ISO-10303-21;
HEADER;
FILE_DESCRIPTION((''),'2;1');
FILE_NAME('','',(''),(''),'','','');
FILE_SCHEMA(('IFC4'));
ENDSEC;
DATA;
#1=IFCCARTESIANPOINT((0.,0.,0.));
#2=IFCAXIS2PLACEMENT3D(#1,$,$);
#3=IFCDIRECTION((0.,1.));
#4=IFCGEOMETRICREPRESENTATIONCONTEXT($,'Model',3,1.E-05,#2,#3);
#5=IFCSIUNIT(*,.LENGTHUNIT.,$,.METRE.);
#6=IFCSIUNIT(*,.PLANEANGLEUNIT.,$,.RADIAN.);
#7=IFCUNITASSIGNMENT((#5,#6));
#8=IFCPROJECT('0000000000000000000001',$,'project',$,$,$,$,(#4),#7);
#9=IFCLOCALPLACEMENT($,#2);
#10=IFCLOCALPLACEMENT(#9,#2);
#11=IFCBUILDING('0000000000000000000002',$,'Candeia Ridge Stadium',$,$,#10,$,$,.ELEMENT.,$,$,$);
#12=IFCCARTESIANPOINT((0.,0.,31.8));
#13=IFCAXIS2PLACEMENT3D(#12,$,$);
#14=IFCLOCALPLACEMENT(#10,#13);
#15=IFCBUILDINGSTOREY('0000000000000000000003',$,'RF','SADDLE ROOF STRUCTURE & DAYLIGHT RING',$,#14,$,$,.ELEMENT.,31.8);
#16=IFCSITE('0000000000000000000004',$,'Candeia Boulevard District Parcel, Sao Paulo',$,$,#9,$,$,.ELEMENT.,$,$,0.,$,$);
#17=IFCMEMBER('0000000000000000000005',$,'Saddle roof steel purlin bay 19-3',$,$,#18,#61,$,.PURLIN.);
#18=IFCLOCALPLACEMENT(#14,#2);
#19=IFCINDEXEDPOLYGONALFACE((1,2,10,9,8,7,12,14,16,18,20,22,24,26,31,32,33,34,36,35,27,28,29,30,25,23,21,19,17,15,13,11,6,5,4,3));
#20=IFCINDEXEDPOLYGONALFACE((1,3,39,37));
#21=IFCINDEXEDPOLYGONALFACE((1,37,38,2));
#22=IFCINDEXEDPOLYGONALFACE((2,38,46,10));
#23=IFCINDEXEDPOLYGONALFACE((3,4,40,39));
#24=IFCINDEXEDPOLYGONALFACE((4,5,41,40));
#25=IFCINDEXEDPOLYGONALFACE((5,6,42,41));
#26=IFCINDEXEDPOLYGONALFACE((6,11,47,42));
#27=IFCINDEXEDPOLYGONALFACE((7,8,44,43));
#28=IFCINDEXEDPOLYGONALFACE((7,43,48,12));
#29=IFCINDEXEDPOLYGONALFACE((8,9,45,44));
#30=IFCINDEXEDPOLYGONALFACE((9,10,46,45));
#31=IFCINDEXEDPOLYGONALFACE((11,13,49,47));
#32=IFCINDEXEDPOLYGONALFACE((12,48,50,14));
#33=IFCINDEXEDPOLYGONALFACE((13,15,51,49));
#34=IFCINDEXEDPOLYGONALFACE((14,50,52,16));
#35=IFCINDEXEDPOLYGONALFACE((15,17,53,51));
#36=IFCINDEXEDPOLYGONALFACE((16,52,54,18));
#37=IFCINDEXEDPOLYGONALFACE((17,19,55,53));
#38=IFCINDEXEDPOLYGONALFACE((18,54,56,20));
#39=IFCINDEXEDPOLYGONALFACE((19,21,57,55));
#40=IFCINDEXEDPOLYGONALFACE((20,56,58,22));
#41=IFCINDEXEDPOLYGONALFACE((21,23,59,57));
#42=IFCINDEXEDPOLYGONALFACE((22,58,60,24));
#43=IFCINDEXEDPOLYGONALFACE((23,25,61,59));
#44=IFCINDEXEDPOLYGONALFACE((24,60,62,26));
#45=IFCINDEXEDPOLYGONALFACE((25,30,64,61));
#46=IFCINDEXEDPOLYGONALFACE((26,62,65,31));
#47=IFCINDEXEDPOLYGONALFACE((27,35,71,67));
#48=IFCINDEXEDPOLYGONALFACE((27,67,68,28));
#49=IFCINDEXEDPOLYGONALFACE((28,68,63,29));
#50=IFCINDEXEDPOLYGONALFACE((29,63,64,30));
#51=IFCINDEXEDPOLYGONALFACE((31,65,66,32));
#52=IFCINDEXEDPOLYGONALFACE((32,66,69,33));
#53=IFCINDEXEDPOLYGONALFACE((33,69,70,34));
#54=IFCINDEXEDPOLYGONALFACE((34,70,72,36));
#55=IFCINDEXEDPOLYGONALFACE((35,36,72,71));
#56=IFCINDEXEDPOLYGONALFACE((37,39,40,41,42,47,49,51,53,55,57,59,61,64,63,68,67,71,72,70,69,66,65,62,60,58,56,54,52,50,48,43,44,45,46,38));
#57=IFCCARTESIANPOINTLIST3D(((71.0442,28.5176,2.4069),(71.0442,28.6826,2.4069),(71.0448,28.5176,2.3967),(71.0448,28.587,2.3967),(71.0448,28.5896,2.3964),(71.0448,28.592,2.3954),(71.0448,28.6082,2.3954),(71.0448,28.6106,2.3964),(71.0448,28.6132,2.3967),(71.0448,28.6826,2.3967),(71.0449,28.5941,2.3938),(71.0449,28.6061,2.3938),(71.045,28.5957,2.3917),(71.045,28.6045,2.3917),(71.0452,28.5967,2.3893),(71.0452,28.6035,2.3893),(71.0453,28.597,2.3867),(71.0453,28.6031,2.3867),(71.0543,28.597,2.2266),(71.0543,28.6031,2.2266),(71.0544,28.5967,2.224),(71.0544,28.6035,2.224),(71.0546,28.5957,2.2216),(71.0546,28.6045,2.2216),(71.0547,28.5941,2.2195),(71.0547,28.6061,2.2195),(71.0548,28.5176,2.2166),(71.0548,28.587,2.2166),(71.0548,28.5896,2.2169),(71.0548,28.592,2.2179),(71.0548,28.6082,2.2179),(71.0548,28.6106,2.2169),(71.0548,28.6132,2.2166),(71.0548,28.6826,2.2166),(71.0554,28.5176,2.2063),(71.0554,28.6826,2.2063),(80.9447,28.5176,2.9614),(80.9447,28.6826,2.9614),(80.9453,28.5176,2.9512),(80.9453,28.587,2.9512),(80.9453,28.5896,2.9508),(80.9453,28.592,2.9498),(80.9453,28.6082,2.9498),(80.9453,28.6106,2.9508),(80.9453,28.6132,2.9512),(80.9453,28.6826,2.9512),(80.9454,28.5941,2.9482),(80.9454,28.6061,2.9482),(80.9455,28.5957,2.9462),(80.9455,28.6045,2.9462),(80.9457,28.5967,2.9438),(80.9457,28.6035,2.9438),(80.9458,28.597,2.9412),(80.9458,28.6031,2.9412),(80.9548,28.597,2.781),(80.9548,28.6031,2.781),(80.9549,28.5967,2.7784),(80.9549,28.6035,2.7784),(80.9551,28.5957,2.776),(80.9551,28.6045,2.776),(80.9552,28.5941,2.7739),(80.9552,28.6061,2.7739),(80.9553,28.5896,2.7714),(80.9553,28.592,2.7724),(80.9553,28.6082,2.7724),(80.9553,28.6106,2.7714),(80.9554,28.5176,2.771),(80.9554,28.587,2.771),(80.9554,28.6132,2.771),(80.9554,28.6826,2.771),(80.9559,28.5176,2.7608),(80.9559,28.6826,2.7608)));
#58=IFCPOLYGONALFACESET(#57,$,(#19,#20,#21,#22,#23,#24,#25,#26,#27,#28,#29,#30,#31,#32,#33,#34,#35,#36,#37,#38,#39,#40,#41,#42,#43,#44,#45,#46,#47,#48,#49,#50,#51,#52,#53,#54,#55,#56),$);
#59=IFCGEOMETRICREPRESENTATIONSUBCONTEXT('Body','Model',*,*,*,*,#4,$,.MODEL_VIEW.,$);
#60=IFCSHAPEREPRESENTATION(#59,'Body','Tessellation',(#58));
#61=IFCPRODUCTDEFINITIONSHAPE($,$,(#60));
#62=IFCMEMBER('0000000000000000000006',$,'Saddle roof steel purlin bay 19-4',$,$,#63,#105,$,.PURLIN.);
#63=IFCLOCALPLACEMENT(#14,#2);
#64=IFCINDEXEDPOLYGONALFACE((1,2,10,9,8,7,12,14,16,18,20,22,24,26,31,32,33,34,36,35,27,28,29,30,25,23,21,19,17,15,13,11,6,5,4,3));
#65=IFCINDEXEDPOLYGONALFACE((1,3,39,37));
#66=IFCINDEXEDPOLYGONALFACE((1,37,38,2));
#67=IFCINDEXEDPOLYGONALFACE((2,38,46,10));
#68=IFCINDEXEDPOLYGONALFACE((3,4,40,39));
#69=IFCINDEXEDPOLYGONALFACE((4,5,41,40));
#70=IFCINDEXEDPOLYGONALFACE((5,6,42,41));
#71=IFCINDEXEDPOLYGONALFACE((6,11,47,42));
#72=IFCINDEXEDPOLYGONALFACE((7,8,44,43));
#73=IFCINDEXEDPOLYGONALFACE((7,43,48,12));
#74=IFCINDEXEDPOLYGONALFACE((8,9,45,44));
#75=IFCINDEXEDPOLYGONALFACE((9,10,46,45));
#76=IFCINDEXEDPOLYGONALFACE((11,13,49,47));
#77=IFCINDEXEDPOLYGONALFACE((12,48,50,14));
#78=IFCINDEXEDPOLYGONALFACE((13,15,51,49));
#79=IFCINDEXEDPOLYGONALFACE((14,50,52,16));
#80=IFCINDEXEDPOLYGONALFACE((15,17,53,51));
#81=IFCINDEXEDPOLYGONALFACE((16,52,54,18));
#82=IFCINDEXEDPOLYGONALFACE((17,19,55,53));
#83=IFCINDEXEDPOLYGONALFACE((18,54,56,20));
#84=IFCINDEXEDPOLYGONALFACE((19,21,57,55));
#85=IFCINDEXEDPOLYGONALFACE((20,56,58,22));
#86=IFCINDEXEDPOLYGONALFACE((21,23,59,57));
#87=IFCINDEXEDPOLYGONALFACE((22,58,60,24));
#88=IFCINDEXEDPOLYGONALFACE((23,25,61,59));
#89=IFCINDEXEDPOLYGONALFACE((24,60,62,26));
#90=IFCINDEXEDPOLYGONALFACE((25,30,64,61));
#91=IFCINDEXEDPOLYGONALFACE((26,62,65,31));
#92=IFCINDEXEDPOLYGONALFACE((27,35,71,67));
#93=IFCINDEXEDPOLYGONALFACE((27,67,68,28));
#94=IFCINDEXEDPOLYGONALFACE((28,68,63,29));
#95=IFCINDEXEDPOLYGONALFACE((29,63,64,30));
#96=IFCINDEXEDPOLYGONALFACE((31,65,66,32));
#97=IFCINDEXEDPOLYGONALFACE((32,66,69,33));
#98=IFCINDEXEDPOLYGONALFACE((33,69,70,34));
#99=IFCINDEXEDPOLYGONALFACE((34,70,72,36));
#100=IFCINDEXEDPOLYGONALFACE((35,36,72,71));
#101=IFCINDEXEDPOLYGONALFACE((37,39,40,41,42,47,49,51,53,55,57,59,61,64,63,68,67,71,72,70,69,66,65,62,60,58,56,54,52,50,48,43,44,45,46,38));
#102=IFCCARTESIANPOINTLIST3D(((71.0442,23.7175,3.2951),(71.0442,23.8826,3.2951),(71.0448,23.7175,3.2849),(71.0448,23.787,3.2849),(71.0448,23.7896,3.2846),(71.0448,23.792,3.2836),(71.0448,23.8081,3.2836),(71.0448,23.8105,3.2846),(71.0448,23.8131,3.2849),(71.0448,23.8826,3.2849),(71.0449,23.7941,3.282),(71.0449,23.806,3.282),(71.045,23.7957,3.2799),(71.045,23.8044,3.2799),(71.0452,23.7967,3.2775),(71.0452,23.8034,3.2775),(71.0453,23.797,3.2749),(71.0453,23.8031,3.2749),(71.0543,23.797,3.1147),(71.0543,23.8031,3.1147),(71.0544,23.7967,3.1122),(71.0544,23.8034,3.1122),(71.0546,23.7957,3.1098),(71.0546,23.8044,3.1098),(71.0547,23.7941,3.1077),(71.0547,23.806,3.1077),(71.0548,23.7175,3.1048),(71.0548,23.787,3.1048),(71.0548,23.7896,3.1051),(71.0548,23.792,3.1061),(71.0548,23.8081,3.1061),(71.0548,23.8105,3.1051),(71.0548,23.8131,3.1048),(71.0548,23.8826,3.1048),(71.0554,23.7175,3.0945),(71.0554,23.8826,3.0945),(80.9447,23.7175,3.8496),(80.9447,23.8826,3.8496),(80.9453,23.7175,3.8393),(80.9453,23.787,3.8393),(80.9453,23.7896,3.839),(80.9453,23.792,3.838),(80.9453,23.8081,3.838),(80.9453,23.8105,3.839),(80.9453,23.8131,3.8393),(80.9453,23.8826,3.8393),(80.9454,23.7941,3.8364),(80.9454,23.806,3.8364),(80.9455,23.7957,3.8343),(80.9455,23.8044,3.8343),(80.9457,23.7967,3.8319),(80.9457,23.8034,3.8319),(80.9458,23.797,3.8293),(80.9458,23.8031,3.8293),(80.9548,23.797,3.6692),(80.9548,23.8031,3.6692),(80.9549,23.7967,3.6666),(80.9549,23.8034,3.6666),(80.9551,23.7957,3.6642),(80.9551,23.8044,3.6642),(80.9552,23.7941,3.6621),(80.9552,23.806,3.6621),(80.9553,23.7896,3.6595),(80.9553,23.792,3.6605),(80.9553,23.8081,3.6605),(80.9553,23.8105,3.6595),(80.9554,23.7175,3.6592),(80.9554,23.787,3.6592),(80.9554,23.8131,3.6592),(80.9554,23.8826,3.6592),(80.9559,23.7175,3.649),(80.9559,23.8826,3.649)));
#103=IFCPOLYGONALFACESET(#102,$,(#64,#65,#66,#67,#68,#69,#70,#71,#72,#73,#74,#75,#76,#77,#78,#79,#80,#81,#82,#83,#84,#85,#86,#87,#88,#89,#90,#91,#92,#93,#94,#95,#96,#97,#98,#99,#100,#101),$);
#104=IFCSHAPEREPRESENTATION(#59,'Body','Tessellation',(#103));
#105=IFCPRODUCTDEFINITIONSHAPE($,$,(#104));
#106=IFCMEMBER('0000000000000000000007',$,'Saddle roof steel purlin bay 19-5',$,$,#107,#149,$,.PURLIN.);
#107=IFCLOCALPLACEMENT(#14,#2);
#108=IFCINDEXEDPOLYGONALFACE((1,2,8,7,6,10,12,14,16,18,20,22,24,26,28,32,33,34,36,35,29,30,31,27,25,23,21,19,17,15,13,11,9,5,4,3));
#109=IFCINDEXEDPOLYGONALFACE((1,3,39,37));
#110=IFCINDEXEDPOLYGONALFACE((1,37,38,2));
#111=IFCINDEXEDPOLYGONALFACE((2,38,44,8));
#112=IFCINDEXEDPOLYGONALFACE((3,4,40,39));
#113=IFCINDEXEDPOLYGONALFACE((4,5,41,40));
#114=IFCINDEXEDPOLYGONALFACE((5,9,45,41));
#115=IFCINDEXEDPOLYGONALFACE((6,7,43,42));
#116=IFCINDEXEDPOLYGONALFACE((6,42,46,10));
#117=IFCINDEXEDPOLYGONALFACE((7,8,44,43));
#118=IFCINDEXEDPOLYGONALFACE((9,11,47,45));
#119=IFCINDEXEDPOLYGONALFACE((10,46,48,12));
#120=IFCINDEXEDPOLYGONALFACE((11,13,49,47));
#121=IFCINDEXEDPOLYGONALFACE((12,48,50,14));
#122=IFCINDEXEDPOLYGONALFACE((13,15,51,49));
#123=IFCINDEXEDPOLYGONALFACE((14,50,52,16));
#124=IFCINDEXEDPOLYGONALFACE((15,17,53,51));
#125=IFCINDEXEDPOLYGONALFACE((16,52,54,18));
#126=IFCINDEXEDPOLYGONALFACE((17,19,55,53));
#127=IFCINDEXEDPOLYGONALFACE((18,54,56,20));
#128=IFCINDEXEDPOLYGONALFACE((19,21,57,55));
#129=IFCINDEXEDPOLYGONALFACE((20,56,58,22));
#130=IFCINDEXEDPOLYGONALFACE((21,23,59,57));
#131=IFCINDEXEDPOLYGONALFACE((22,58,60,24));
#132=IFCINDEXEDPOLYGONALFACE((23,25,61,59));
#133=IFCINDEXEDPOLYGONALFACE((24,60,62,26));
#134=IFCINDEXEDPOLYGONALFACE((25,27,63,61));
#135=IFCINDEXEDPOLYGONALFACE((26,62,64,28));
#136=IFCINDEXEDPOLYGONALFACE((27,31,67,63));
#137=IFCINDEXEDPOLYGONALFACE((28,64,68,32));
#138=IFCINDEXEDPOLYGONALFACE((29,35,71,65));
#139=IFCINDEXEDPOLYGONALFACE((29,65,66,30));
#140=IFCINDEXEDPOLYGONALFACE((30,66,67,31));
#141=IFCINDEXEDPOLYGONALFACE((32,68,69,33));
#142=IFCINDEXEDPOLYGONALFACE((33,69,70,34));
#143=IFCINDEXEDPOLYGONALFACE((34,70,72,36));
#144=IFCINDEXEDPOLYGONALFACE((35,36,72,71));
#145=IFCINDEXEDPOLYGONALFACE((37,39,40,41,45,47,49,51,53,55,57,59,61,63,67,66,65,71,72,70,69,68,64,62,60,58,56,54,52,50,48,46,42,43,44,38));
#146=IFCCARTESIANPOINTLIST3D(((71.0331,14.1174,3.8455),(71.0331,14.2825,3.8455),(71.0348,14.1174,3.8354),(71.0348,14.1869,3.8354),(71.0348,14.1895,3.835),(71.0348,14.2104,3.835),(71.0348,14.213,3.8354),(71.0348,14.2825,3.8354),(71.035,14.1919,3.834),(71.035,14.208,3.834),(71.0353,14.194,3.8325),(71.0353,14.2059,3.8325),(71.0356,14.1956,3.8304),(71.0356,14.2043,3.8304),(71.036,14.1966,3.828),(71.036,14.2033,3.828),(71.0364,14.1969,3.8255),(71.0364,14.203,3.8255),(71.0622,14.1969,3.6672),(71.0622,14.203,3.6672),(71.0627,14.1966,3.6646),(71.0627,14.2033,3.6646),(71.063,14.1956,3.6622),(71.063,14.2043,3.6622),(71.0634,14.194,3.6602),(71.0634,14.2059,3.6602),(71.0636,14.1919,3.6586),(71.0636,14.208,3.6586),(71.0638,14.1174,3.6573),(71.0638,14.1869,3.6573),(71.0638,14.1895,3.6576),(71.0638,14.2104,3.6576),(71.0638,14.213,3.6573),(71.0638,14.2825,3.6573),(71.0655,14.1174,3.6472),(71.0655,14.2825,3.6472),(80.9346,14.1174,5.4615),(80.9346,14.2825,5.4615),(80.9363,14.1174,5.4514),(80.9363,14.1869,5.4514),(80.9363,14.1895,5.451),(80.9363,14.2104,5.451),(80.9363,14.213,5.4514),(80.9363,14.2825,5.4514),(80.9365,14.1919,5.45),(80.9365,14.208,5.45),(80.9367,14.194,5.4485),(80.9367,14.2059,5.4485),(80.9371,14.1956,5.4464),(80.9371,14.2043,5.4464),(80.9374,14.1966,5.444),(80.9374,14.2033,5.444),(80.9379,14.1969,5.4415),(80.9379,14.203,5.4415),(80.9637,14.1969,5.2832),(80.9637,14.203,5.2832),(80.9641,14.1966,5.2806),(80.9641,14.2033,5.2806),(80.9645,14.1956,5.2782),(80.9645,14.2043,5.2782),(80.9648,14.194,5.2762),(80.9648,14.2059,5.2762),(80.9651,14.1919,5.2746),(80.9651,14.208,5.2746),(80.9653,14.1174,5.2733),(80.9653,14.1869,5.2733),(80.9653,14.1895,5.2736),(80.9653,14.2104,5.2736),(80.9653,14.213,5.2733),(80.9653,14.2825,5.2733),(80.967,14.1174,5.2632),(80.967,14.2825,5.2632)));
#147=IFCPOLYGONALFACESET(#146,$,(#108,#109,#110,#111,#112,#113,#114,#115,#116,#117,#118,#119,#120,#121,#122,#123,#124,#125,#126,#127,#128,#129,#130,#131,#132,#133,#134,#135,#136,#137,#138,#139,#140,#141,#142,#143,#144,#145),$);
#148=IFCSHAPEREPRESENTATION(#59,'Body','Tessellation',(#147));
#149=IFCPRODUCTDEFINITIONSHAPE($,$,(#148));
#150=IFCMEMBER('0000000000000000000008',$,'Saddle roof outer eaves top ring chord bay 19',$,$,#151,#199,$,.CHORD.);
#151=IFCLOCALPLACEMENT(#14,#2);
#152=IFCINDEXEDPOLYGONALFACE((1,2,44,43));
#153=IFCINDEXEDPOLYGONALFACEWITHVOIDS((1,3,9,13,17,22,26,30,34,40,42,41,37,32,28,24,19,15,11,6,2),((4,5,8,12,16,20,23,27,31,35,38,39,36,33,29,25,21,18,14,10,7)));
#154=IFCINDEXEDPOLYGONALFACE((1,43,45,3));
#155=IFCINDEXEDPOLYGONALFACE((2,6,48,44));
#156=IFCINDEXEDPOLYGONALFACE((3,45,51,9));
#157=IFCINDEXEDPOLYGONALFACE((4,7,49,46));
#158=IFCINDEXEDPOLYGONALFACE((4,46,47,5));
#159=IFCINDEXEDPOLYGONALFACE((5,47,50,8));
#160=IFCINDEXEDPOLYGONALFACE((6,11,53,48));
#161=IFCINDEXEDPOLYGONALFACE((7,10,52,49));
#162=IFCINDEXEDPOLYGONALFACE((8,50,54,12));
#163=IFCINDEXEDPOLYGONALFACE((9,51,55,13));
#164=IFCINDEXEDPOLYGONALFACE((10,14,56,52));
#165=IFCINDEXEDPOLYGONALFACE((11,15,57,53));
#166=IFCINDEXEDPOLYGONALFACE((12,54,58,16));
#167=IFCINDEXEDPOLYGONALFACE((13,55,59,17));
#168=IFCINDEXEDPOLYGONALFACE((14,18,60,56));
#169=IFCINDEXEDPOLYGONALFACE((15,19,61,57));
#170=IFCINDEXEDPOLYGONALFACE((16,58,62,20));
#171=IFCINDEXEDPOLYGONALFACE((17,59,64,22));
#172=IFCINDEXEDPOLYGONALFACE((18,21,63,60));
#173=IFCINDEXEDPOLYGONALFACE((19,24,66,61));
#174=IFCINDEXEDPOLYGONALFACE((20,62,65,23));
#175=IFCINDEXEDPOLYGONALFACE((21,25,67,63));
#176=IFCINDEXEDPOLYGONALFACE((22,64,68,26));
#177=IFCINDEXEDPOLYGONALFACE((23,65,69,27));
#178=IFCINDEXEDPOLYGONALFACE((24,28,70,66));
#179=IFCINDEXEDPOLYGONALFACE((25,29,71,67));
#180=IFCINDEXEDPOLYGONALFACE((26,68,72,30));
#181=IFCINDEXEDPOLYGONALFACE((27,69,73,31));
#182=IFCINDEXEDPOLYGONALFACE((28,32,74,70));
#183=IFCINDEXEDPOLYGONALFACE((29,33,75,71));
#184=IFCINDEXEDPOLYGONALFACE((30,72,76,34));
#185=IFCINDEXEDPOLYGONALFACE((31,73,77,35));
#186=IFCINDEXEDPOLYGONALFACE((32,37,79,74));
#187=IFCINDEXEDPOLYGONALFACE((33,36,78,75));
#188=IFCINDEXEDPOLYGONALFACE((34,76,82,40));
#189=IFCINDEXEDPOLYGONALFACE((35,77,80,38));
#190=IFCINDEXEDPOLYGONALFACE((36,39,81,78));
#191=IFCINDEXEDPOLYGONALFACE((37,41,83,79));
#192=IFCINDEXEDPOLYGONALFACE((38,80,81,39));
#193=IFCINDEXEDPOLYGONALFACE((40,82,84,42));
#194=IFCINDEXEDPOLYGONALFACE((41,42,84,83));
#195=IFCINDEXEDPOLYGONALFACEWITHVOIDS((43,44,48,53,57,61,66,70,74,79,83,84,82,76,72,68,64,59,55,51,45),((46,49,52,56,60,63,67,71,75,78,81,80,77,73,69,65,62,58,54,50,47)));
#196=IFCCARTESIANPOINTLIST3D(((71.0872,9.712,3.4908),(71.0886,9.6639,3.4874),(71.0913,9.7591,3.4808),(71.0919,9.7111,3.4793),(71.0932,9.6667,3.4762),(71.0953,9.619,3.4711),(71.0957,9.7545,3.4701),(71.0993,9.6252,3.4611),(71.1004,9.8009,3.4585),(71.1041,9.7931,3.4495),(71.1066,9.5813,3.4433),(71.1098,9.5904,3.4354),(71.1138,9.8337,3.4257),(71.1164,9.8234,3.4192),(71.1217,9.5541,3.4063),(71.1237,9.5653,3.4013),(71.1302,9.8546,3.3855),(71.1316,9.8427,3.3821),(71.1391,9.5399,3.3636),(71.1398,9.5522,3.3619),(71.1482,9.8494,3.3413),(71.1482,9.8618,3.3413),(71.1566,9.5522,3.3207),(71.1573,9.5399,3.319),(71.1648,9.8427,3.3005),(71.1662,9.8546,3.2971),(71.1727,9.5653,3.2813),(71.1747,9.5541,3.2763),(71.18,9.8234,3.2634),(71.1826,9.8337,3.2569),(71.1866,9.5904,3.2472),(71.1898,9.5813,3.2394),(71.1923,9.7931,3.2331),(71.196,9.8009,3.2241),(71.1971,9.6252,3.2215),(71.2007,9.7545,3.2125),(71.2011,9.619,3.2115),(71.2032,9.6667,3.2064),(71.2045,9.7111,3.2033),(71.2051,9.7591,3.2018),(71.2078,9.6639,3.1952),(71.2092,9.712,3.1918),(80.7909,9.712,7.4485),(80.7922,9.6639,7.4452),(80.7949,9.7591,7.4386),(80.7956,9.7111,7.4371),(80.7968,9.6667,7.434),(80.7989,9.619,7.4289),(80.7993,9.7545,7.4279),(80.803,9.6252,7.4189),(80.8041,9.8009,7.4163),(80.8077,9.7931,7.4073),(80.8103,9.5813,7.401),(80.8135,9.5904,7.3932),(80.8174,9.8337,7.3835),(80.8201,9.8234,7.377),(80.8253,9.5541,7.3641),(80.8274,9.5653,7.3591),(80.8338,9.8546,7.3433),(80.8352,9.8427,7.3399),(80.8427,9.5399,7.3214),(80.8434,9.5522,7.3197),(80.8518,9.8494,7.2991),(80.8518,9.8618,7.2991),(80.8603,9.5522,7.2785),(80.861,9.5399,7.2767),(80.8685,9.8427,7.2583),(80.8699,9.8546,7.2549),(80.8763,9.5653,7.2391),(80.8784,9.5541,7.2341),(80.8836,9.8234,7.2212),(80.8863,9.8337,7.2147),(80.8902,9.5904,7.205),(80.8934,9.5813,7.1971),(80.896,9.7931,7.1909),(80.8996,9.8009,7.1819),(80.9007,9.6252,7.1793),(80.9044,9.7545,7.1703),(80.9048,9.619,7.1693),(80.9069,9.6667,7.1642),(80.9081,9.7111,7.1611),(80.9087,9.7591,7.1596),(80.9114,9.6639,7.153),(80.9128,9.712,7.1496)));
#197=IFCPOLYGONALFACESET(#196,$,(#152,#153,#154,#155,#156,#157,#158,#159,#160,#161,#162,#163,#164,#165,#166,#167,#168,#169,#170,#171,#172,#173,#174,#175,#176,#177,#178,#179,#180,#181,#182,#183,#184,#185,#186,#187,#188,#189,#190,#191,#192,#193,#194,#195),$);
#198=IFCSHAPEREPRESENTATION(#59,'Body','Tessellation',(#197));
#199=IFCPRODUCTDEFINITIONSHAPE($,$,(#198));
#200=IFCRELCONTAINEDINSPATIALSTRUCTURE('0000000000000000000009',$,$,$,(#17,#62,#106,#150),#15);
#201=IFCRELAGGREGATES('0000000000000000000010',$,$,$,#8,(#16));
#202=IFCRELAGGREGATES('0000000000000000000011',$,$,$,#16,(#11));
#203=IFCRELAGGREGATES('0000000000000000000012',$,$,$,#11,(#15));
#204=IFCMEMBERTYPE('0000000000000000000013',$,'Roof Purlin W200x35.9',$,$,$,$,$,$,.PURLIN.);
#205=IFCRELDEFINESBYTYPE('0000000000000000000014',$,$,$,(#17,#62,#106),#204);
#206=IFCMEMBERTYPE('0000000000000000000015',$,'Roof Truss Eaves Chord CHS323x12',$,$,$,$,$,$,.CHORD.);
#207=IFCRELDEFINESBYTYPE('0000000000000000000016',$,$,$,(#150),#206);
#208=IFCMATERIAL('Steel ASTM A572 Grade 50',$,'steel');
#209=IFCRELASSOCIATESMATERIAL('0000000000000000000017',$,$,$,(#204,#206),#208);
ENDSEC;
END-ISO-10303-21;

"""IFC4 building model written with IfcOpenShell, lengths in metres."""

from ifc_helpers import new_model, si_unit, direction, frame, origin, origin_2d, place, context, subcontext, project, spatial, hollow_circle, i_section, extrude, material, material_profile, profile_set, type_object, element, save


model = new_model("IFC4")

# Units and contexts
model_context = context("Model", 3, precision=1e-05, world=origin(), true_north=direction((0.0, 1.0)))
body_context = subcontext(model_context, "Body", "Model", "MODEL_VIEW")
ifc_project = project(units=[si_unit("LENGTHUNIT", "METRE"), si_unit("PLANEANGLEUNIT", "RADIAN")], contexts=[model_context])

# Site, building, storey
site_placement = place(None, origin())
site = spatial("IfcSite", under=ifc_project, at=site_placement, Name="Candeia Boulevard District Parcel, Sao Paulo", CompositionType="ELEMENT", RefElevation=0.0)
building_placement = place(site_placement, origin())
building = spatial("IfcBuilding", under=site, at=building_placement, Name="Candeia Ridge Stadium", CompositionType="ELEMENT")
storey_placement = place(building_placement, frame((0.0, 0.0, 31.8)))
storey = spatial("IfcBuildingStorey", under=building, at=storey_placement, Name="RF", Description="SADDLE ROOF STRUCTURE & DAYLIGHT RING", CompositionType="ELEMENT", Elevation=31.8)

# Shared definitions
ifc_material_1 = material(Name="Steel ASTM A572 Grade 50", Category="steel")

# Members
ifc_material_profile_1 = material_profile(ifc_material_1, i_section(OverallWidth=0.165, OverallDepth=0.2009, WebThickness=0.0061, FlangeThickness=0.0103, FilletRadius=0.01, at=origin_2d()), Name="W200x35.9", Category="steel")
ifc_profile_set_1 = profile_set([ifc_material_profile_1], Name="Steel ASTM A572 Grade 50")
member_type_1 = type_object("IfcMemberType", Name="Roof Purlin W200x35.9", PredefinedType="PURLIN", material=ifc_profile_set_1)
for number, where, z_axis, x_axis, name in (
    (1, (71.0498, 28.6001, 2.3066), (0.998436, 0.0, 0.055915), (0.0, 1.0, 0.0), "Saddle roof steel purlin bay 19-3"),
    (2, (71.0498, 23.8, 3.1948), (0.998436, 0.0, 0.055915), (0.0, 1.0, 0.0), "Saddle roof steel purlin bay 19-4"),
):
    element("IfcMember", number, at=place(storey_placement, frame(where, z_axis=z_axis, x_axis=x_axis)), inside=storey, type_object=member_type_1, Name=name, PredefinedType="PURLIN", context=body_context, shape_type="SweptSolid", body=[
        extrude(i_section(OverallWidth=0.165, OverallDepth=0.2009, WebThickness=0.0061, FlangeThickness=0.0103, FilletRadius=0.01, at=origin_2d()), origin(), (0.0, 0.0, 1.0), 9.916),
    ])
member_1_placement = place(storey_placement, frame((71.0493, 14.2, 3.7463), z_axis=(0.986942, 0.0, 0.161075), x_axis=(0.0, 1.0, 0.0)))
element("IfcMember", 3, at=member_1_placement, inside=storey, type_object=member_type_1, Name="Saddle roof steel purlin bay 19-5", PredefinedType="PURLIN", context=body_context, shape_type="SweptSolid", body=[
    extrude(i_section(OverallWidth=0.165, OverallDepth=0.2009, WebThickness=0.0061, FlangeThickness=0.0103, FilletRadius=0.01, at=origin_2d()), origin(), (0.0, 0.0, 1.0), 10.0325),
])
ifc_material_profile_2 = material_profile(ifc_material_1, hollow_circle(Radius=0.1619, WallThickness=0.0125, at=origin_2d()), Name="CHS323x12", Category="steel")
ifc_profile_set_2 = profile_set([ifc_material_profile_2], Name="Steel ASTM A572 Grade 50")
member_type_2 = type_object("IfcMemberType", Name="Roof Truss Eaves Chord CHS323x12", PredefinedType="CHORD", material=ifc_profile_set_2)
for number, where, z_axis, x_axis, name in (
    (4, (71.1482, 9.7, 3.3413), (0.925944, 0.0, 0.37766), (0.0, 1.0, 0.0), "Saddle roof outer eaves top ring chord bay 19"),
):
    element("IfcMember", number, at=place(storey_placement, frame(where, z_axis=z_axis, x_axis=x_axis)), inside=storey, type_object=member_type_2, Name=name, PredefinedType="CHORD", context=body_context, shape_type="SweptSolid", body=[
        extrude(hollow_circle(Radius=0.1619, WallThickness=0.0125, at=origin_2d()), origin(), (0.0, 0.0, 1.0), 10.4797),
    ])

save(model, "model.ifc")
